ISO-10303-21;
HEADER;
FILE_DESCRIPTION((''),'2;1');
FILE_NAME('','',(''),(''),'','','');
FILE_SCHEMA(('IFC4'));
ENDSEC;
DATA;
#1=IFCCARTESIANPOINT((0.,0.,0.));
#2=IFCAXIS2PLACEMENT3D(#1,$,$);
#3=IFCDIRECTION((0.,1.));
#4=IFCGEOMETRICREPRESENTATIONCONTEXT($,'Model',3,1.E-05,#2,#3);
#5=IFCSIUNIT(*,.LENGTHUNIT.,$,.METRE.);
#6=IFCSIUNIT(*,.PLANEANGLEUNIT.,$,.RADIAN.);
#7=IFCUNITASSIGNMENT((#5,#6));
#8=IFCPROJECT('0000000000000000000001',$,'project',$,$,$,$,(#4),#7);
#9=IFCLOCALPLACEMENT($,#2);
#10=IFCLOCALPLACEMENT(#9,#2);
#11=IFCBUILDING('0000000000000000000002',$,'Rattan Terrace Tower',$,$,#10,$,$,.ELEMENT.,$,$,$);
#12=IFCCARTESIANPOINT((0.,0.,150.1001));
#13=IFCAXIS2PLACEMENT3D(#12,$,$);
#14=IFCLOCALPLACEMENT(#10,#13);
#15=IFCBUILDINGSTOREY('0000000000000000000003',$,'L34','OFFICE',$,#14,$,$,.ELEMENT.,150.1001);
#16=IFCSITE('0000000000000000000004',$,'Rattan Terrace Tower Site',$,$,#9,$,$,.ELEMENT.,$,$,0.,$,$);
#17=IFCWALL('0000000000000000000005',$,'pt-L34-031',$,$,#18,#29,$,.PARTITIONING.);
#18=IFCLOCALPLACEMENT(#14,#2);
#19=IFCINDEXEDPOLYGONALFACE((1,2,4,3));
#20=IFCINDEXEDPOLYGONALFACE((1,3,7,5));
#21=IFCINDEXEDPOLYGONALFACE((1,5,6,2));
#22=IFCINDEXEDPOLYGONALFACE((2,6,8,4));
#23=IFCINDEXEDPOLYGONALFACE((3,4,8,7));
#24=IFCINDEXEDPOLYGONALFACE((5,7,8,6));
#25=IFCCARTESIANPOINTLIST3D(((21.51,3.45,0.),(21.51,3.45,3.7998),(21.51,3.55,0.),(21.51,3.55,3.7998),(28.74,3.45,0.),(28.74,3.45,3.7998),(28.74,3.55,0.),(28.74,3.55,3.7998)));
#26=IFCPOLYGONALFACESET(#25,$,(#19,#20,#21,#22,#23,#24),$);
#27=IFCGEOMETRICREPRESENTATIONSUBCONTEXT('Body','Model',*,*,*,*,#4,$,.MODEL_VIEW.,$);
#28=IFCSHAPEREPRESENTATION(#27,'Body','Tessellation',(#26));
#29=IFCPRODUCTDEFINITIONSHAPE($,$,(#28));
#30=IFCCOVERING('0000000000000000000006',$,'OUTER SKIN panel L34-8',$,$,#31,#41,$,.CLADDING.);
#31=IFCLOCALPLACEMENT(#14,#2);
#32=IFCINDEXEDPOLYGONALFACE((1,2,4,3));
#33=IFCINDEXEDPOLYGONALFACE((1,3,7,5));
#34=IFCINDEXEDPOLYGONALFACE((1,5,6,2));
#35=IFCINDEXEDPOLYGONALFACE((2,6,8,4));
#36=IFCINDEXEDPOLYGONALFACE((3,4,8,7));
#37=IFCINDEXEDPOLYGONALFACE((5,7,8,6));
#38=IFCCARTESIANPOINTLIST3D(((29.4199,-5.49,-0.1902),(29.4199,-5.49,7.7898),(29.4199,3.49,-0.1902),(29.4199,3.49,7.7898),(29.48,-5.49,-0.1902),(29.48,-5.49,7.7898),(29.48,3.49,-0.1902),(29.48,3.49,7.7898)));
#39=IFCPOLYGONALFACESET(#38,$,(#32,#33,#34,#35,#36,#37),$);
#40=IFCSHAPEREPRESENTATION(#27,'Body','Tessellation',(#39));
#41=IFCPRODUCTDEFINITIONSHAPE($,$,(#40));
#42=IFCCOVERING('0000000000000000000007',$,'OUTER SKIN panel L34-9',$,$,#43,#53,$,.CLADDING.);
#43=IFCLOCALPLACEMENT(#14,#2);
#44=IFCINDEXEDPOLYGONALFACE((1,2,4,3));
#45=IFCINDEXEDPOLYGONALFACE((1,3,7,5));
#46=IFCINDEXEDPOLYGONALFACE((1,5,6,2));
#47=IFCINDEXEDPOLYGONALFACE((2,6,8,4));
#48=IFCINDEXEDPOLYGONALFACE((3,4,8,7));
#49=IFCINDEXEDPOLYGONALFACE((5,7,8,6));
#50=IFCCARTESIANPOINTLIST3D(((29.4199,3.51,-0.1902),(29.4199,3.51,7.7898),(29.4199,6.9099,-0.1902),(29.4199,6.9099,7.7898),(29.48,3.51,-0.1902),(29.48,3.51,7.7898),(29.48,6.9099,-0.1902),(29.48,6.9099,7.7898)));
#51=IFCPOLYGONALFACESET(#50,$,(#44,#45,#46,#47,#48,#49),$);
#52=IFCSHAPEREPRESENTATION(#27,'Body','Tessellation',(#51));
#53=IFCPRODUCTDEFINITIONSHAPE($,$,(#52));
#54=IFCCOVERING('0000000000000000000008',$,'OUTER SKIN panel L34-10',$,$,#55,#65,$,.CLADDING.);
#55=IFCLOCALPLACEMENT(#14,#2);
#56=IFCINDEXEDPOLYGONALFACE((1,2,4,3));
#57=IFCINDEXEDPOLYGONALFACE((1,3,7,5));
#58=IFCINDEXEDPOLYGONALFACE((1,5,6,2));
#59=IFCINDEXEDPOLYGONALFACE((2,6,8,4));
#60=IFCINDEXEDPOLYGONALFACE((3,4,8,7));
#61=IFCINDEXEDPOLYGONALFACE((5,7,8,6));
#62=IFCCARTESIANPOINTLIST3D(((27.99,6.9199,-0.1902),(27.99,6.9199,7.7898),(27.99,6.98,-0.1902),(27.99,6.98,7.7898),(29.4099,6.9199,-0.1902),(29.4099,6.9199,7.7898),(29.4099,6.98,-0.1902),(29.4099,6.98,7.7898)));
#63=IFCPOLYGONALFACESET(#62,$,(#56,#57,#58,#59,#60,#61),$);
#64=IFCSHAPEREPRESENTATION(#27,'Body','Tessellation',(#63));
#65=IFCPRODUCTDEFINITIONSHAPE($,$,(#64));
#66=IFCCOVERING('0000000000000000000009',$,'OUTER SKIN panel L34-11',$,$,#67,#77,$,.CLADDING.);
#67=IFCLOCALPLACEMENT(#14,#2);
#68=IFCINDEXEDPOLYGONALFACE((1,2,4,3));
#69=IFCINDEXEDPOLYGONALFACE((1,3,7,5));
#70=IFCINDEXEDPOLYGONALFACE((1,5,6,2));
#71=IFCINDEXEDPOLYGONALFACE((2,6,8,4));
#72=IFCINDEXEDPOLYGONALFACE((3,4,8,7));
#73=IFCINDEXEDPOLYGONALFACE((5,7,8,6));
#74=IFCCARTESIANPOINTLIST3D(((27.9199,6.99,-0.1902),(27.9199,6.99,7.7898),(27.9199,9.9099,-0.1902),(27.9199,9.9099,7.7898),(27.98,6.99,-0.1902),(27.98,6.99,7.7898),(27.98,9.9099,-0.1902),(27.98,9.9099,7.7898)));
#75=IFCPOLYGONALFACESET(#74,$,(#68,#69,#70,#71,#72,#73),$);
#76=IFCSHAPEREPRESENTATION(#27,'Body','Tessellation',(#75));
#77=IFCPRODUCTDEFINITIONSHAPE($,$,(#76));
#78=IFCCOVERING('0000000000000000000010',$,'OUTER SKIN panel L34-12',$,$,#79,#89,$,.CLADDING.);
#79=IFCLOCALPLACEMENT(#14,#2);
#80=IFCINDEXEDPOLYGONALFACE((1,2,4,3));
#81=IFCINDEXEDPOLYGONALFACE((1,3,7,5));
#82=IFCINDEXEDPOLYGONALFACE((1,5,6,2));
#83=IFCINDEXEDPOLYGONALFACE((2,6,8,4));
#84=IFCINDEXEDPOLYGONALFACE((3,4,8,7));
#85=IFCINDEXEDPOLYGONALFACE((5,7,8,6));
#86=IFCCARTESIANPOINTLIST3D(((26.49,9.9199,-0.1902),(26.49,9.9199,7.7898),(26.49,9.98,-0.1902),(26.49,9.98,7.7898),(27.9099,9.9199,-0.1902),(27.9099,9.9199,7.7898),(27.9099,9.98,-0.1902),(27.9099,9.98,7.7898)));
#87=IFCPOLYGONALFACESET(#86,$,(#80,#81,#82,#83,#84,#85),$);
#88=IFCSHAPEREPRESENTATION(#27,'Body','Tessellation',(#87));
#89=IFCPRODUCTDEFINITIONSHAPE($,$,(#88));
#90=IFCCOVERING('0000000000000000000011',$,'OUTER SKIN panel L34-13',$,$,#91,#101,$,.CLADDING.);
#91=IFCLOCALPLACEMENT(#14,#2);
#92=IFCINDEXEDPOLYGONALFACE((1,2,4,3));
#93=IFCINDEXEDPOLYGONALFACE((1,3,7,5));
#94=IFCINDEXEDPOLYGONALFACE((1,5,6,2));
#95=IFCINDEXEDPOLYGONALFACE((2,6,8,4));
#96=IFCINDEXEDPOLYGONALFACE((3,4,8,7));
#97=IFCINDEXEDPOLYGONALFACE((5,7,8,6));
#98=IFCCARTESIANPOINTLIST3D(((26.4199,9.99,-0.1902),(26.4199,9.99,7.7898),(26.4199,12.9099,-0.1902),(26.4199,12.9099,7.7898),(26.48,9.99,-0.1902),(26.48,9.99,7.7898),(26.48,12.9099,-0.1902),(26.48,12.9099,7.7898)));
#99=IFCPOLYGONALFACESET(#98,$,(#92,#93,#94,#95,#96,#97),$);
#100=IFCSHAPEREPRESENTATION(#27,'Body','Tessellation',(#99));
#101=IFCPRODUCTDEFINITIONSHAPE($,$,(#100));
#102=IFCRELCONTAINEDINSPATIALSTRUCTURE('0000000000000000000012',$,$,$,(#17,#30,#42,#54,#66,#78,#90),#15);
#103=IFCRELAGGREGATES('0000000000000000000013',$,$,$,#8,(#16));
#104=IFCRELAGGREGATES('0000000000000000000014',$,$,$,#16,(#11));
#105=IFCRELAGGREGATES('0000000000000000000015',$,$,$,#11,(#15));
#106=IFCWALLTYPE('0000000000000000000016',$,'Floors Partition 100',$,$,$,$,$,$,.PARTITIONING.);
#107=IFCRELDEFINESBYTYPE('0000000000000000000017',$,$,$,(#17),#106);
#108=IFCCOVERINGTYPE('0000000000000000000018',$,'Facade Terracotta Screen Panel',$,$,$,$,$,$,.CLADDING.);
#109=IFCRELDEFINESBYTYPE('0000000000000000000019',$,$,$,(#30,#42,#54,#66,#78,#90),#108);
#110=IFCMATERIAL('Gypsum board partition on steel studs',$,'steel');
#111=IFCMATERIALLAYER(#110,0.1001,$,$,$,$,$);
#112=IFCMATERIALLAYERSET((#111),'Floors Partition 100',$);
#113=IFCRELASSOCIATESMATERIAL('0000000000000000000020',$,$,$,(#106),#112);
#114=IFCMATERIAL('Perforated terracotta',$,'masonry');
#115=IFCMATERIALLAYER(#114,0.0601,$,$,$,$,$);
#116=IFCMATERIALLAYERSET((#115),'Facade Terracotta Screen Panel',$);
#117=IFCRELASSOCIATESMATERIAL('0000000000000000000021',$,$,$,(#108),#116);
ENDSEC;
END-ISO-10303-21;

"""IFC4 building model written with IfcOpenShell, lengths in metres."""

from ifc_helpers import new_model, si_unit, direction, frame, frame_2d, origin, origin_2d, place, context, subcontext, project, spatial, rectangle, extrude, material, layer, layer_set, type_object, element, save


model = new_model("IFC4")

# Units and contexts
model_context = context("Model", 3, precision=1e-05, world=origin(), true_north=direction((0.0, 1.0)))
body_context = subcontext(model_context, "Body", "Model", "MODEL_VIEW")
ifc_project = project(units=[si_unit("LENGTHUNIT", "METRE"), si_unit("PLANEANGLEUNIT", "RADIAN")], contexts=[model_context])

# Site, building, storey
site_placement = place(None, origin())
site = spatial("IfcSite", under=ifc_project, at=site_placement, Name="Rattan Terrace Tower Site", CompositionType="ELEMENT", RefElevation=0.0)
building_placement = place(site_placement, origin())
building = spatial("IfcBuilding", under=site, at=building_placement, Name="Rattan Terrace Tower", CompositionType="ELEMENT")
storey_placement = place(building_placement, frame((0.0, 0.0, 150.1001)))
storey = spatial("IfcBuildingStorey", under=building, at=storey_placement, Name="L34", Description="OFFICE", CompositionType="ELEMENT", Elevation=150.1001)

# Wall
ifc_material_1 = material(Name="Gypsum board partition on steel studs", Category="steel")
ifc_layer_1 = layer(ifc_material_1, 0.1001)
ifc_layer_set_1 = layer_set([ifc_layer_1], Name="Floors Partition 100")
wall_type_1 = type_object("IfcWallType", Name="Floors Partition 100", PredefinedType="PARTITIONING", material=ifc_layer_set_1)
wall_1_placement = place(storey_placement, frame((28.74, 3.5, 0.0), z_axis=(0.0, 0.0, 1.0), x_axis=(-1.0, 0.0, 0.0)))
element("IfcWall", 1, at=wall_1_placement, inside=storey, type_object=wall_type_1, Name="pt-L34-031", PredefinedType="PARTITIONING", context=body_context, shape_type="SweptSolid", body=[
    extrude(rectangle(XDim=7.23, YDim=0.1001, at=frame_2d((3.615, 0.0))), origin(), (0.0, 0.0, 1.0), 3.7998),
])

# Coverings
ifc_material_2 = material(Name="Perforated terracotta", Category="masonry")
ifc_layer_2 = layer(ifc_material_2, 0.0601)
ifc_layer_set_2 = layer_set([ifc_layer_2], Name="Facade Terracotta Screen Panel")
covering_type = type_object("IfcCoveringType", Name="Facade Terracotta Screen Panel", PredefinedType="CLADDING", material=ifc_layer_set_2)
covering_1_placement = place(storey_placement, frame((29.45, -1.0, -0.1902), z_axis=(0.0, 0.0, 1.0), x_axis=(0.0, 1.0, 0.0)))
element("IfcCovering", 2, at=covering_1_placement, inside=storey, type_object=covering_type, Name="OUTER SKIN panel L34-8", PredefinedType="CLADDING", context=body_context, shape_type="SweptSolid", body=[
    extrude(rectangle(XDim=8.98, YDim=0.0601, at=origin_2d()), origin(), (0.0, 0.0, 1.0), 7.98),
])
covering_2_placement = place(storey_placement, frame((29.45, 5.21, -0.1902), z_axis=(0.0, 0.0, 1.0), x_axis=(0.0, 1.0, 0.0)))
element("IfcCovering", 3, at=covering_2_placement, inside=storey, type_object=covering_type, Name="OUTER SKIN panel L34-9", PredefinedType="CLADDING", context=body_context, shape_type="SweptSolid", body=[
    extrude(rectangle(XDim=3.3999, YDim=0.0601, at=origin_2d()), origin(), (0.0, 0.0, 1.0), 7.98),
])
covering_3_placement = place(storey_placement, frame((28.7, 6.95, -0.1902), z_axis=(0.0, 0.0, 1.0), x_axis=(-1.0, 0.0, 0.0)))
element("IfcCovering", 4, at=covering_3_placement, inside=storey, type_object=covering_type, Name="OUTER SKIN panel L34-10", PredefinedType="CLADDING", context=body_context, shape_type="SweptSolid", body=[
    extrude(rectangle(XDim=1.4199, YDim=0.0601, at=origin_2d()), origin(), (0.0, 0.0, 1.0), 7.98),
])
covering_4_placement = place(storey_placement, frame((27.95, 8.45, -0.1902), z_axis=(0.0, 0.0, 1.0), x_axis=(0.0, 1.0, 0.0)))
element("IfcCovering", 5, at=covering_4_placement, inside=storey, type_object=covering_type, Name="OUTER SKIN panel L34-11", PredefinedType="CLADDING", context=body_context, shape_type="SweptSolid", body=[
    extrude(rectangle(XDim=2.9199, YDim=0.0601, at=origin_2d()), origin(), (0.0, 0.0, 1.0), 7.98),
])
covering_5_placement = place(storey_placement, frame((27.2, 9.95, -0.1902), z_axis=(0.0, 0.0, 1.0), x_axis=(-1.0, 0.0, 0.0)))
element("IfcCovering", 6, at=covering_5_placement, inside=storey, type_object=covering_type, Name="OUTER SKIN panel L34-12", PredefinedType="CLADDING", context=body_context, shape_type="SweptSolid", body=[
    extrude(rectangle(XDim=1.4199, YDim=0.0601, at=origin_2d()), origin(), (0.0, 0.0, 1.0), 7.98),
])
covering_6_placement = place(storey_placement, frame((26.45, 11.45, -0.1902), z_axis=(0.0, 0.0, 1.0), x_axis=(0.0, 1.0, 0.0)))
element("IfcCovering", 7, at=covering_6_placement, inside=storey, type_object=covering_type, Name="OUTER SKIN panel L34-13", PredefinedType="CLADDING", context=body_context, shape_type="SweptSolid", body=[
    extrude(rectangle(XDim=2.9199, YDim=0.0601, at=origin_2d()), origin(), (0.0, 0.0, 1.0), 7.98),
])

save(model, "model.ifc")
